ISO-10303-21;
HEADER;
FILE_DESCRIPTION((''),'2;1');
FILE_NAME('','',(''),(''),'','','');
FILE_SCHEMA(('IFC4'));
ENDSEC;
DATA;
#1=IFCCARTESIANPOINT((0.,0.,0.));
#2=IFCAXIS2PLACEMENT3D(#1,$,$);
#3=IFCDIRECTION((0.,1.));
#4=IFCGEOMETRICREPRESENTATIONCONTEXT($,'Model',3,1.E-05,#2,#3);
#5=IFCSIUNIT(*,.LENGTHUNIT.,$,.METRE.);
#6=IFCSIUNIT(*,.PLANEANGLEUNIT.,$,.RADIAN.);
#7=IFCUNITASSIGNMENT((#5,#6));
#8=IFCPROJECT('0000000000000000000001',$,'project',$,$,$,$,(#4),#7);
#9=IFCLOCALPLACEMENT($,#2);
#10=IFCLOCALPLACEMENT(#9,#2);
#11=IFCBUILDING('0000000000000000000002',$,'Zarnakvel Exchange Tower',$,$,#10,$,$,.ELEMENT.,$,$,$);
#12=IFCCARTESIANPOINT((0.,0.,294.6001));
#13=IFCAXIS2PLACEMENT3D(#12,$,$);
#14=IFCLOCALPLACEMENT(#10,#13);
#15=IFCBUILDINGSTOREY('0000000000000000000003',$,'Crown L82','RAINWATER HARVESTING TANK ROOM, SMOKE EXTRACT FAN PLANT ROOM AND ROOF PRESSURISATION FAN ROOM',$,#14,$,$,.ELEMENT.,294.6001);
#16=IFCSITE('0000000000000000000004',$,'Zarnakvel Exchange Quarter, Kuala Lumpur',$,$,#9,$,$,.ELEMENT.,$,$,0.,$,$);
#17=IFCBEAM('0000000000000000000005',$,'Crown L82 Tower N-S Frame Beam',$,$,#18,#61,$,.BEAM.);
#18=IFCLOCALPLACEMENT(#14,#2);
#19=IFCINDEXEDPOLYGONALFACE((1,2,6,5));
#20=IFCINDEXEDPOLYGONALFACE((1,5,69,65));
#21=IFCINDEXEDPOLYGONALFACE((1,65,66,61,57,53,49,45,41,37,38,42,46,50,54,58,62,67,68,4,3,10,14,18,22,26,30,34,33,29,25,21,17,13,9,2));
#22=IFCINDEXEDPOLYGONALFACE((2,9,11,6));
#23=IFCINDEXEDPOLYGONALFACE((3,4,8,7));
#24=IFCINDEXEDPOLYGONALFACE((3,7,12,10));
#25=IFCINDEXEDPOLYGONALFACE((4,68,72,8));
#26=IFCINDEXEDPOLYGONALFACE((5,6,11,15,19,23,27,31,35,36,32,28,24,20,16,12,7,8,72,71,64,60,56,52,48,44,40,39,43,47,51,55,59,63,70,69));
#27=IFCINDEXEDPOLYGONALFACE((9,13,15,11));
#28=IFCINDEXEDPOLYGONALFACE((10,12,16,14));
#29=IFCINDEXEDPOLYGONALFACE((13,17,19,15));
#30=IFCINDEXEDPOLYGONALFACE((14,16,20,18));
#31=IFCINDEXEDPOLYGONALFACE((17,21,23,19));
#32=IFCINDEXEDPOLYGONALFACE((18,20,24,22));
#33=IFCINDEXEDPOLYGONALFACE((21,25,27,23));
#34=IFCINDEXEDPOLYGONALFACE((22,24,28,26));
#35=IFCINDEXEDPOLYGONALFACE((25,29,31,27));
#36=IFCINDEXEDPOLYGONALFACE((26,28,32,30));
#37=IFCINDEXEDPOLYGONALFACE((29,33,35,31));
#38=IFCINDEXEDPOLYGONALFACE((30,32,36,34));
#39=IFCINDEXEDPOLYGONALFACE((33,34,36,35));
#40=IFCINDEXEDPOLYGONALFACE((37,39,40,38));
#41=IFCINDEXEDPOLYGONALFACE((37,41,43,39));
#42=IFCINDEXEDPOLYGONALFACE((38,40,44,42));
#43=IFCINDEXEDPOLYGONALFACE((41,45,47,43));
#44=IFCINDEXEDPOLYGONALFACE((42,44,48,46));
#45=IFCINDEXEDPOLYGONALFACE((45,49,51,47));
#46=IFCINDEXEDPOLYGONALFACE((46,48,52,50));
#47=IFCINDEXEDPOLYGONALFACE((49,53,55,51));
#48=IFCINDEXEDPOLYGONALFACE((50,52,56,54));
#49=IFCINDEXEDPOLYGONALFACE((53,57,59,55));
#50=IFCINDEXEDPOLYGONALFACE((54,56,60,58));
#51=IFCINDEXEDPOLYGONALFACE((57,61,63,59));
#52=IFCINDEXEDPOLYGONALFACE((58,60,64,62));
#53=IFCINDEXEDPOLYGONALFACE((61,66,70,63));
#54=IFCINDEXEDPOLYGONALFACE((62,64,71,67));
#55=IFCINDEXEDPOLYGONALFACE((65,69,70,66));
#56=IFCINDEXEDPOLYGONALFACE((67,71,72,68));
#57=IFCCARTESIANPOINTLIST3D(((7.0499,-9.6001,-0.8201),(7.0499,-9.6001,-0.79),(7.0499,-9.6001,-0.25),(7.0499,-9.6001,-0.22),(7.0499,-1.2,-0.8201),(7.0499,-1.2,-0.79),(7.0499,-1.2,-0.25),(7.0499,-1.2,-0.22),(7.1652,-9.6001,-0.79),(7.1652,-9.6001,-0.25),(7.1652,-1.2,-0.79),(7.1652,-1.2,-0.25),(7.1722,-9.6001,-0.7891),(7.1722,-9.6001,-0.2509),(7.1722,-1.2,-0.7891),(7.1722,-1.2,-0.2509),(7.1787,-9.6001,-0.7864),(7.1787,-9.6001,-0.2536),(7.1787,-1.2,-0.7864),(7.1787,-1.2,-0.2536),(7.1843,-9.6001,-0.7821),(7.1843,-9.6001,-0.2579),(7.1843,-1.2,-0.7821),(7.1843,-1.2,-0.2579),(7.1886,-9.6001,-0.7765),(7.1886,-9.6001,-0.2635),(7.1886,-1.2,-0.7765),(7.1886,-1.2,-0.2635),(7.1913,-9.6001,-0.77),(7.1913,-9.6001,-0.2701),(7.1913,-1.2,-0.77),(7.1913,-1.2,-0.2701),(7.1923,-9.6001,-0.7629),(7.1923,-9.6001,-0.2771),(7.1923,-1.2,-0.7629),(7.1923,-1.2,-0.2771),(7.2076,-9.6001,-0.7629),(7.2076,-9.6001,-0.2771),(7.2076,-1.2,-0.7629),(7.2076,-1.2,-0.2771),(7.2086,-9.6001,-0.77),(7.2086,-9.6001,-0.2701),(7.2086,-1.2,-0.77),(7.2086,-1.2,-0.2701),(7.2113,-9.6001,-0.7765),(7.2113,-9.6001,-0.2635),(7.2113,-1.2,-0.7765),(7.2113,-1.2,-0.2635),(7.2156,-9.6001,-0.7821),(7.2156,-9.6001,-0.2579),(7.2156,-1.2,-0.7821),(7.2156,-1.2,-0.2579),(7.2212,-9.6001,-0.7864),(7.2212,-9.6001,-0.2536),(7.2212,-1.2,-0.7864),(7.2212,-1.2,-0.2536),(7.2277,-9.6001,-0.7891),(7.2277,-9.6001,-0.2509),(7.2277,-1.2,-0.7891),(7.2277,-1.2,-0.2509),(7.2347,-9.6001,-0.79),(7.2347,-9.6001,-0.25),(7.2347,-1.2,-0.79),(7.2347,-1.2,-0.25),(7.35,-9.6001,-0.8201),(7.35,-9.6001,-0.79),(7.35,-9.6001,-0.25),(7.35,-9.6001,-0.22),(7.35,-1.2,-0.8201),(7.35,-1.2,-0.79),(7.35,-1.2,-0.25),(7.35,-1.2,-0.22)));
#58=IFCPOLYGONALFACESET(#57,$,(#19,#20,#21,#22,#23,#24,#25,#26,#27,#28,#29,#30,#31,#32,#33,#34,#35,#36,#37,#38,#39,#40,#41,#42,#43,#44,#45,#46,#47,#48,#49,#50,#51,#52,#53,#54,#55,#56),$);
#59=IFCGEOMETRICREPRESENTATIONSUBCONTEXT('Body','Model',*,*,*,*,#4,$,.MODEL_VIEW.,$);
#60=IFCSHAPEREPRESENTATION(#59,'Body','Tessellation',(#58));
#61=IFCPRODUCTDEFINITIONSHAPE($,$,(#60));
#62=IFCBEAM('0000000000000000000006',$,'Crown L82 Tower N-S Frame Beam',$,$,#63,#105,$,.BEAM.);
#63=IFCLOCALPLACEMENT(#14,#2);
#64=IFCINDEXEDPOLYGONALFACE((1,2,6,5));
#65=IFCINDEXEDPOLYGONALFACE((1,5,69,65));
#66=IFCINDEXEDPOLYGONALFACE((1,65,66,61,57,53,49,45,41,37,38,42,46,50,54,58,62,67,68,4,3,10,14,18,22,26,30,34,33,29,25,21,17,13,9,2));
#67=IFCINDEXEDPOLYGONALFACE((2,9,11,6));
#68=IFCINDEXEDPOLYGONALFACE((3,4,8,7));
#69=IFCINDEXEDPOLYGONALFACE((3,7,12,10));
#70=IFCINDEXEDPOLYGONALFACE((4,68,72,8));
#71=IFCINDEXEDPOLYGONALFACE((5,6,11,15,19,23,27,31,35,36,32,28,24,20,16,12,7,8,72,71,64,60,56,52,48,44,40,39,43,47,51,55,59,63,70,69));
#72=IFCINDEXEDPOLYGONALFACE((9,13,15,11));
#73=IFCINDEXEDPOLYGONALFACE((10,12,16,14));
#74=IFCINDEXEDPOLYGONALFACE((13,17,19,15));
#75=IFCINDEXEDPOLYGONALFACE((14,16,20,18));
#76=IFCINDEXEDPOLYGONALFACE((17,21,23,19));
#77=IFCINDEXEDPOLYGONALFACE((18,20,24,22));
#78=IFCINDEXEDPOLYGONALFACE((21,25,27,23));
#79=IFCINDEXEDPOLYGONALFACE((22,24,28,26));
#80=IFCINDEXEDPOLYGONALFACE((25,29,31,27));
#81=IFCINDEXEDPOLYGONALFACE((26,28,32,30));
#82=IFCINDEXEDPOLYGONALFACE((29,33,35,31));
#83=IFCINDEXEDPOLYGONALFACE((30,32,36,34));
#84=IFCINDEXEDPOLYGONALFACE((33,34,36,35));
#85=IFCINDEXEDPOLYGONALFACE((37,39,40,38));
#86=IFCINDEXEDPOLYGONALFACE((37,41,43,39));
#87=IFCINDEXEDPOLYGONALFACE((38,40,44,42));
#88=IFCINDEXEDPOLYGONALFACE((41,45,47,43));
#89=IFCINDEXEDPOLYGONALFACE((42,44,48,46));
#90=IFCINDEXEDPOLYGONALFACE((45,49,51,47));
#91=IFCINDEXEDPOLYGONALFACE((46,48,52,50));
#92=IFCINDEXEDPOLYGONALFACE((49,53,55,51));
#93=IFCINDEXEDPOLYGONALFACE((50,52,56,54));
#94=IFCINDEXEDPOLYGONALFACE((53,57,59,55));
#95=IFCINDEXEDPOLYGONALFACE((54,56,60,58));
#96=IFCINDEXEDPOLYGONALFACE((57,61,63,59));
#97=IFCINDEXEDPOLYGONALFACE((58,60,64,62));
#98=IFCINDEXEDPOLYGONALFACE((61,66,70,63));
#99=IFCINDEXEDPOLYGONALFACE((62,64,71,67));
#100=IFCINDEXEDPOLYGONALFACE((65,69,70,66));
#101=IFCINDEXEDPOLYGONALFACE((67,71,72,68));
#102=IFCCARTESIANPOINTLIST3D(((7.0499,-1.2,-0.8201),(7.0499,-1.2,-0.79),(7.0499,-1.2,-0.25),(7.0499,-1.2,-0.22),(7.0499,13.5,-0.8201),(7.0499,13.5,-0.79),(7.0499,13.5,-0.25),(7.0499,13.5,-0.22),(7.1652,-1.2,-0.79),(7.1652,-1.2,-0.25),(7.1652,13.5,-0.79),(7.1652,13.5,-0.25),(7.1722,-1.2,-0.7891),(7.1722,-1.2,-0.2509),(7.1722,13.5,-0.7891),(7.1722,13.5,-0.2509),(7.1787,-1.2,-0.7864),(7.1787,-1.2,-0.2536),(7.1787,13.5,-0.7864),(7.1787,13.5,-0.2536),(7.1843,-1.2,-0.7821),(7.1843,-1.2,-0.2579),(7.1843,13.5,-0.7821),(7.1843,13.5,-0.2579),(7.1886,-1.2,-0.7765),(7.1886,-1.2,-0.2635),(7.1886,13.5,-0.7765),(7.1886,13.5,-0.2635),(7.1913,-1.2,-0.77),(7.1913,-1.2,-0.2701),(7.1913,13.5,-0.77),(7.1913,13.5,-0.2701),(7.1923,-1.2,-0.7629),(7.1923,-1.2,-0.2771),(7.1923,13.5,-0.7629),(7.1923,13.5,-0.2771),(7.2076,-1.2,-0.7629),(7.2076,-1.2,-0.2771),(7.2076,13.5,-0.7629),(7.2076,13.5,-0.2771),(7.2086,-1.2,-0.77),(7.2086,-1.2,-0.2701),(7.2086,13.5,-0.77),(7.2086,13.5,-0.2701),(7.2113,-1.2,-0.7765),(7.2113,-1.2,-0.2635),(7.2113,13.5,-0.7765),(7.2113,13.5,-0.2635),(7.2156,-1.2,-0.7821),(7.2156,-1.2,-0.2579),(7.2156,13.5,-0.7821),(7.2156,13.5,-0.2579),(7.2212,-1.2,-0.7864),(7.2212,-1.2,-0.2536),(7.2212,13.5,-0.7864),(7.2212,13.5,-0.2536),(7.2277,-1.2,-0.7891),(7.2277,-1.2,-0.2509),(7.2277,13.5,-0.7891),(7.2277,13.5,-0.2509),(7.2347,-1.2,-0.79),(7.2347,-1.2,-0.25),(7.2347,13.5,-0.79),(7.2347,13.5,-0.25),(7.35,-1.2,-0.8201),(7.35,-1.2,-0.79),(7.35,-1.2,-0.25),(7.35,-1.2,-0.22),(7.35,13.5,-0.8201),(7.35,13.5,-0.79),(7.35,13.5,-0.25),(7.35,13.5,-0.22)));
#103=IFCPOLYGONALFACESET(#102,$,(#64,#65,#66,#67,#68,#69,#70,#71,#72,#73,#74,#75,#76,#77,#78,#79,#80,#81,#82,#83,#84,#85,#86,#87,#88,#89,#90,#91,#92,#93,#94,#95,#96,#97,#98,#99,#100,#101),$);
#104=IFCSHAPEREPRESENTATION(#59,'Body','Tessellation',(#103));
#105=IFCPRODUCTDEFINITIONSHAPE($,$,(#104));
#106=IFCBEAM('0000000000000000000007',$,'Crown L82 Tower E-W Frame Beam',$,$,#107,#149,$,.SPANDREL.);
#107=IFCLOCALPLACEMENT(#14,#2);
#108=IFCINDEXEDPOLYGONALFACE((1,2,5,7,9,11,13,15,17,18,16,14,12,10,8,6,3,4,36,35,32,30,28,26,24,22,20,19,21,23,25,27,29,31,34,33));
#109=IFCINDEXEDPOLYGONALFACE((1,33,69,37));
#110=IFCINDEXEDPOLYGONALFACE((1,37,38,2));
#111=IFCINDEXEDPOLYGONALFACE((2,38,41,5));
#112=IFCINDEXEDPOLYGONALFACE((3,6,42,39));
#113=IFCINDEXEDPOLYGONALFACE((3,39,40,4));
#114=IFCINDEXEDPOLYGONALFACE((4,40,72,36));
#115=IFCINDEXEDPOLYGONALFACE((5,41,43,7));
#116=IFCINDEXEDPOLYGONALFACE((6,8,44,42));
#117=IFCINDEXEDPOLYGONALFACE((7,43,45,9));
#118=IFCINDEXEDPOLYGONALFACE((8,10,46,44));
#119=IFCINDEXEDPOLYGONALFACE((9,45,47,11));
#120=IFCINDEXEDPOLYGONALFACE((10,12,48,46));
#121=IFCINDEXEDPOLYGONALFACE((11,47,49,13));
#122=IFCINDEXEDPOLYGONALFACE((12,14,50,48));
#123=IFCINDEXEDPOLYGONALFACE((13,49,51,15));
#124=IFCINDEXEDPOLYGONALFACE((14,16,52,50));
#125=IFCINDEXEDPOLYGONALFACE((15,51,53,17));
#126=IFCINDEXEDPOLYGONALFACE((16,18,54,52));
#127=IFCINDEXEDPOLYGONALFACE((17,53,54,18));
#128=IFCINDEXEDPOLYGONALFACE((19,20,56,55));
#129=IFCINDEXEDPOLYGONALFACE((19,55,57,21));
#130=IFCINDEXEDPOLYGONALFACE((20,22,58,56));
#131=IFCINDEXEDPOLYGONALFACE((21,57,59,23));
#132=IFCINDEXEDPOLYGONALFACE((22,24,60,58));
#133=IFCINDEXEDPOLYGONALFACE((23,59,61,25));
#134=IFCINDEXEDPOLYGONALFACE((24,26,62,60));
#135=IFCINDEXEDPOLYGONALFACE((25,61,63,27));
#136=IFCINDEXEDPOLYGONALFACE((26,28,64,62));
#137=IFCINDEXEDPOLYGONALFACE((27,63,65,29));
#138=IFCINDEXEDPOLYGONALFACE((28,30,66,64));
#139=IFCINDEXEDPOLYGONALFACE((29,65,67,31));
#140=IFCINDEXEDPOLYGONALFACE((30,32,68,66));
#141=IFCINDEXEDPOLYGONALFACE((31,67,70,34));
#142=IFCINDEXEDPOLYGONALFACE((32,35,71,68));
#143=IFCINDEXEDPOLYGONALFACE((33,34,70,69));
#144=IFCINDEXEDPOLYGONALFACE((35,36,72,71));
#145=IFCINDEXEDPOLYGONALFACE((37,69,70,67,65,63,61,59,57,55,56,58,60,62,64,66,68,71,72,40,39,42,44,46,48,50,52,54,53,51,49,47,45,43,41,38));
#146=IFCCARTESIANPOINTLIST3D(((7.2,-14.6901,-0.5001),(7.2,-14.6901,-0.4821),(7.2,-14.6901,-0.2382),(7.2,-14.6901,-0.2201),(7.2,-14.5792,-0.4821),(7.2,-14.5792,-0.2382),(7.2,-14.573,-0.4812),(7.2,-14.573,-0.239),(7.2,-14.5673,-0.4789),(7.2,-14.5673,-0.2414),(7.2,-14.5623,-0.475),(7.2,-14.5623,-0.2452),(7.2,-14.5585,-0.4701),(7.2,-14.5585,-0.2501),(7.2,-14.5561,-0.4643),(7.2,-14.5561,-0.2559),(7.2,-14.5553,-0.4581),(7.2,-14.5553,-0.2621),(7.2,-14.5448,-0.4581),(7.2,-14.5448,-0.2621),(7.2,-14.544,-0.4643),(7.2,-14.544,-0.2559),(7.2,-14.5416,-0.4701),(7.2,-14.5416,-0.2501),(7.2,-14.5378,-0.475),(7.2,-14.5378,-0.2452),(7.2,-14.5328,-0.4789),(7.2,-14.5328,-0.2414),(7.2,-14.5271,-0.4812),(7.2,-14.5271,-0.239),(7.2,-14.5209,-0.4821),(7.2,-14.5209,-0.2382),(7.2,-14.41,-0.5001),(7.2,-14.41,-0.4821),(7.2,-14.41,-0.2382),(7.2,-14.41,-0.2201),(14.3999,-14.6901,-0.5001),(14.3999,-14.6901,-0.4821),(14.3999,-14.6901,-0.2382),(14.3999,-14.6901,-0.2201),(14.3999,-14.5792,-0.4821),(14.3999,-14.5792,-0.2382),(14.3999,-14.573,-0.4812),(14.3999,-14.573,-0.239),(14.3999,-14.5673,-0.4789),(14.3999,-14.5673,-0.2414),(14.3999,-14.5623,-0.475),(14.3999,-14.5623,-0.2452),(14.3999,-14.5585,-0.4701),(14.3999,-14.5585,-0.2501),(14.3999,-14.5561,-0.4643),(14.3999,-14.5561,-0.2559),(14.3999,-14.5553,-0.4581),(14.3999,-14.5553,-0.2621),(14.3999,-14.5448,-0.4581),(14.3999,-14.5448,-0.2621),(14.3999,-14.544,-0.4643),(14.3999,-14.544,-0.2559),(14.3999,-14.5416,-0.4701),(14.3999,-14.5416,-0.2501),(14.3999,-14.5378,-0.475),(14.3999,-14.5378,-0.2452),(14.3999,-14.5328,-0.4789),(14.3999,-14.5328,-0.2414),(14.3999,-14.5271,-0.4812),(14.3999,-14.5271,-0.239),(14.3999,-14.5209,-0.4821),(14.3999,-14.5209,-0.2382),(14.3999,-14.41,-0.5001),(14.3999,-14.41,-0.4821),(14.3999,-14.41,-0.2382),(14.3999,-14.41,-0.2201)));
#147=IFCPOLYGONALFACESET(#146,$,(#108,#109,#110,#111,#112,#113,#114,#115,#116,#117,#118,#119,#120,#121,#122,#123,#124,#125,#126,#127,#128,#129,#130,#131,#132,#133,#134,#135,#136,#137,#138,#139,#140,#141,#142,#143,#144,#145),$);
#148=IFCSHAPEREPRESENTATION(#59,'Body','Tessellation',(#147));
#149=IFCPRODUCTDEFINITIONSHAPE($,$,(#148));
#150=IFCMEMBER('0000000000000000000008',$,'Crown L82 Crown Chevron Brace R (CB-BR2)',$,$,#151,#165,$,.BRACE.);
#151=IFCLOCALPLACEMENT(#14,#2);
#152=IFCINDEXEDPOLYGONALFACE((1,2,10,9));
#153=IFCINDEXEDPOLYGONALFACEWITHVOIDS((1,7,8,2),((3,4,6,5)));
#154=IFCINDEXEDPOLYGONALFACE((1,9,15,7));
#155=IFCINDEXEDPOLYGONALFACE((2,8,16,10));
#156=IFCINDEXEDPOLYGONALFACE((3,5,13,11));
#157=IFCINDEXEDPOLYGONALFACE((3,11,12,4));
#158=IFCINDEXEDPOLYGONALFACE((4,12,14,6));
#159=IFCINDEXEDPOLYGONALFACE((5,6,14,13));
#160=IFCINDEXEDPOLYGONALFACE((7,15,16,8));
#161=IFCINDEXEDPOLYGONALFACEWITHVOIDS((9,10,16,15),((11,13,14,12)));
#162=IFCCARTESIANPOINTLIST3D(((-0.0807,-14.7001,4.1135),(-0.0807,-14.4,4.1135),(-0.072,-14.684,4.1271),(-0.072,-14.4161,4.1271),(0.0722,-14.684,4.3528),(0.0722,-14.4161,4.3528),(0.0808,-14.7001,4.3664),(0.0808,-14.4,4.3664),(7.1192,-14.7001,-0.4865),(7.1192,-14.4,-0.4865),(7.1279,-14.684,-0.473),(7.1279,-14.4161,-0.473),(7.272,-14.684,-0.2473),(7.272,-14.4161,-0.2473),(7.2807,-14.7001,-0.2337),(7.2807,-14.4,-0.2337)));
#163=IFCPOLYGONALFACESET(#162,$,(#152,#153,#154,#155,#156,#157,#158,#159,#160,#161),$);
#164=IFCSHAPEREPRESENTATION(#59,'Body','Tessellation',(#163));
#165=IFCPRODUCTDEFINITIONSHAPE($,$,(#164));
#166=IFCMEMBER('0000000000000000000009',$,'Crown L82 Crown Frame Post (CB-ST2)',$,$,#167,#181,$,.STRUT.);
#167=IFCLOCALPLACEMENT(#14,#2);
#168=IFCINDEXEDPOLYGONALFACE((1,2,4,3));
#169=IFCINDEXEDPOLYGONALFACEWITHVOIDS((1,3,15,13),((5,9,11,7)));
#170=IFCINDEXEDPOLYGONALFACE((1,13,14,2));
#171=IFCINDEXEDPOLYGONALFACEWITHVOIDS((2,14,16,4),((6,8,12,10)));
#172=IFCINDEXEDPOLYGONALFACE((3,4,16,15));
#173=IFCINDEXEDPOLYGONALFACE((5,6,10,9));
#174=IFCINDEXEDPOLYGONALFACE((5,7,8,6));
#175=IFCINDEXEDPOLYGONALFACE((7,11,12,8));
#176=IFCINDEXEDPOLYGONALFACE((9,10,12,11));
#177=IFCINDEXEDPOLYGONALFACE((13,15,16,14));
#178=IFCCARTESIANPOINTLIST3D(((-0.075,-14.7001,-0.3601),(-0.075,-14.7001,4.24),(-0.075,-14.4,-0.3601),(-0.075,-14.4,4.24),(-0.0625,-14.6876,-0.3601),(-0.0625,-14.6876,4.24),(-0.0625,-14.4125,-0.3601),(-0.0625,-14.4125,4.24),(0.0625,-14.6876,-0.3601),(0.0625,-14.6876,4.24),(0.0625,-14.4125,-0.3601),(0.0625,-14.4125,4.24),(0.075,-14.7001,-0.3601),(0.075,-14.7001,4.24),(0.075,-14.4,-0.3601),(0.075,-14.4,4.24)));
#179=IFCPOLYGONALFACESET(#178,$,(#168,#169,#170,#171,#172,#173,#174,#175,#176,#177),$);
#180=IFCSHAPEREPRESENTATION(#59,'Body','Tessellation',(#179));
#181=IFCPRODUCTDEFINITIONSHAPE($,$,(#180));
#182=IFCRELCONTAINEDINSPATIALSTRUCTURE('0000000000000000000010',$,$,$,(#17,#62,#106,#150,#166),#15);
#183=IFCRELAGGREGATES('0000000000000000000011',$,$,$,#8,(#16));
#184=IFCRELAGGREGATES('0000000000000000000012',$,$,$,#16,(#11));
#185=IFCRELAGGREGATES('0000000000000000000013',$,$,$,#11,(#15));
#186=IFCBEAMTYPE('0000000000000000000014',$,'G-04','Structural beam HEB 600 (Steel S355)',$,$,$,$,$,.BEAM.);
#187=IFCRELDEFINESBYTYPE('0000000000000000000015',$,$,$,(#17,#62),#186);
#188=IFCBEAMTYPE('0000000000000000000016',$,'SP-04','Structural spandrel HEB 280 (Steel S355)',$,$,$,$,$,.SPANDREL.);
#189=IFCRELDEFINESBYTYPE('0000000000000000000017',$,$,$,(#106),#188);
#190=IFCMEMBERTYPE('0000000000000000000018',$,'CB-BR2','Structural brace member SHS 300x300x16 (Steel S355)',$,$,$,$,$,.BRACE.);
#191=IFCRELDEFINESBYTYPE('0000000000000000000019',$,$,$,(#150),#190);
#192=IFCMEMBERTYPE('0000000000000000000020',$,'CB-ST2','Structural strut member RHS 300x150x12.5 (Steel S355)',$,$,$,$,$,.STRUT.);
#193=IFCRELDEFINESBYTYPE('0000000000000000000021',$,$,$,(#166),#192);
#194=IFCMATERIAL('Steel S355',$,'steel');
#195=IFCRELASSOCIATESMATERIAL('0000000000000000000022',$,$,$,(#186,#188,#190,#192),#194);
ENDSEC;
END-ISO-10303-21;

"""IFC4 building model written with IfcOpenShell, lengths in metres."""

from ifc_helpers import new_model, si_unit, direction, frame, origin, origin_2d, place, context, subcontext, project, spatial, hollow_rectangle, i_section, extrude, source, transform, mapped, material, material_profile, profile_set, type_object, element, save


model = new_model("IFC4")

# Units and contexts
model_context = context("Model", 3, precision=1e-05, world=origin(), true_north=direction((0.0, 1.0)))
body_context = subcontext(model_context, "Body", "Model", "MODEL_VIEW")
ifc_project = project(units=[si_unit("LENGTHUNIT", "METRE"), si_unit("PLANEANGLEUNIT", "RADIAN")], contexts=[model_context])

# Site, building, storey
site_placement = place(None, origin())
site = spatial("IfcSite", under=ifc_project, at=site_placement, Name="Zarnakvel Exchange Quarter, Kuala Lumpur", CompositionType="ELEMENT", RefElevation=0.0)
building_placement = place(site_placement, origin())
building = spatial("IfcBuilding", under=site, at=building_placement, Name="Zarnakvel Exchange Tower", CompositionType="ELEMENT")
storey_placement = place(building_placement, frame((0.0, 0.0, 294.6001)))
storey = spatial("IfcBuildingStorey", under=building, at=storey_placement, Name="Crown L82", Description="RAINWATER HARVESTING TANK ROOM, SMOKE EXTRACT FAN PLANT ROOM AND ROOF PRESSURISATION FAN ROOM", CompositionType="ELEMENT", Elevation=294.6001)

# Shared definitions
ifc_material_1 = material(Name="Steel S355", Category="steel")

# Beams
ifc_material_profile_1 = material_profile(ifc_material_1, i_section(OverallWidth=0.3, OverallDepth=0.6001, WebThickness=0.0154, FlangeThickness=0.03, FilletRadius=0.0271, at=origin_2d()))
ifc_profile_set_1 = profile_set([ifc_material_profile_1], Name="Steel S355")
beam_type_1 = type_object("IfcBeamType", Name="G-04", Description="Structural beam HEB 600 (Steel S355)", PredefinedType="BEAM", material=ifc_profile_set_1)
beam_1_placement = place(storey_placement, frame((7.2, -9.6001, -0.52), z_axis=(0.0, 1.0, 0.0), x_axis=(-1.0, 0.0, 0.0)))
element("IfcBeam", 1, at=beam_1_placement, inside=storey, type_object=beam_type_1, Name="Crown L82 Tower N-S Frame Beam", PredefinedType="BEAM", context=body_context, shape_type="SweptSolid", body=[
    extrude(i_section(OverallWidth=0.3, OverallDepth=0.6001, WebThickness=0.0154, FlangeThickness=0.03, FilletRadius=0.0271, at=origin_2d()), origin(), (0.0, 0.0, 1.0), 8.4001),
])
beam_2_placement = place(storey_placement, frame((7.2, -1.2, -0.52), z_axis=(0.0, 1.0, 0.0), x_axis=(-1.0, 0.0, 0.0)))
element("IfcBeam", 2, at=beam_2_placement, inside=storey, type_object=beam_type_1, Name="Crown L82 Tower N-S Frame Beam", PredefinedType="BEAM", context=body_context, shape_type="SweptSolid", body=[
    extrude(i_section(OverallWidth=0.3, OverallDepth=0.6001, WebThickness=0.0154, FlangeThickness=0.03, FilletRadius=0.0271, at=origin_2d()), origin(), (0.0, 0.0, 1.0), 14.7),
])
ifc_material_profile_2 = material_profile(ifc_material_1, i_section(OverallWidth=0.28, OverallDepth=0.28, WebThickness=0.0105, FlangeThickness=0.0181, FilletRadius=0.0239, at=origin_2d()))
ifc_profile_set_2 = profile_set([ifc_material_profile_2], Name="Steel S355")
beam_type_2 = type_object("IfcBeamType", Name="SP-04", Description="Structural spandrel HEB 280 (Steel S355)", PredefinedType="SPANDREL", material=ifc_profile_set_2)
beam_3_placement = place(storey_placement, frame((7.2, -14.55, -0.3601), z_axis=(1.0, 0.0, 0.0), x_axis=(0.0, 1.0, 0.0)))
element("IfcBeam", 3, at=beam_3_placement, inside=storey, type_object=beam_type_2, Name="Crown L82 Tower E-W Frame Beam", PredefinedType="SPANDREL", context=body_context, shape_type="SweptSolid", body=[
    extrude(i_section(OverallWidth=0.28, OverallDepth=0.28, WebThickness=0.0105, FlangeThickness=0.0181, FilletRadius=0.0239, at=origin_2d()), origin(), (0.0, 0.0, 1.0), 7.2),
])

# Members
ifc_material_profile_3 = material_profile(ifc_material_1, hollow_rectangle(XDim=0.3, YDim=0.3, WallThickness=0.0161, at=origin_2d()))
ifc_profile_set_3 = profile_set([ifc_material_profile_3], Name="Steel S355")
member_type_1 = type_object("IfcMemberType", Name="CB-BR2", Description="Structural brace member SHS 300x300x16 (Steel S355)", PredefinedType="BRACE", material=ifc_profile_set_3)
shared_shape_1 = source(origin(), body_context, "Body", "SweptSolid", [
    extrude(hollow_rectangle(XDim=0.3, YDim=0.3, WallThickness=0.0161, at=origin_2d()), origin(), (0.0, 0.0, 1.0), 8.5439),
])
member_1_placement = place(storey_placement, frame((7.2, -14.55, -0.3601), z_axis=(-0.842689, 0.0, 0.5384), x_axis=(0.0, -1.0, 0.0)))
element("IfcMember", 4, at=member_1_placement, inside=storey, type_object=member_type_1, Name="Crown L82 Crown Chevron Brace R (CB-BR2)", PredefinedType="BRACE", context=body_context, shape_type="MappedRepresentation", body=[
    mapped(shared_shape_1, transform((0.0, 0.0, 0.0), x_axis=(1.0, 0.0, 0.0), y_axis=(0.0, 1.0, 0.0), z_axis=(0.0, 0.0, 1.0), scale=1.0)),
])
ifc_material_profile_4 = material_profile(ifc_material_1, hollow_rectangle(XDim=0.1499, YDim=0.3, WallThickness=0.0125, at=origin_2d()))
ifc_profile_set_4 = profile_set([ifc_material_profile_4], Name="Steel S355")
member_type_2 = type_object("IfcMemberType", Name="CB-ST2", Description="Structural strut member RHS 300x150x12.5 (Steel S355)", PredefinedType="STRUT", material=ifc_profile_set_4)
shared_shape_2 = source(origin(), body_context, "Body", "SweptSolid", [
    extrude(hollow_rectangle(XDim=0.1499, YDim=0.3, WallThickness=0.0125, at=origin_2d()), origin(), (0.0, 0.0, 1.0), 4.6001),
])
member_2_placement = place(storey_placement, frame((0.0, -14.55, -0.3601), z_axis=(0.0, 0.0, 1.0), x_axis=(1.0, 0.0, 0.0)))
element("IfcMember", 5, at=member_2_placement, inside=storey, type_object=member_type_2, Name="Crown L82 Crown Frame Post (CB-ST2)", PredefinedType="STRUT", context=body_context, shape_type="MappedRepresentation", body=[
    mapped(shared_shape_2, transform((0.0, 0.0, 0.0), x_axis=(1.0, 0.0, 0.0), y_axis=(0.0, 1.0, 0.0), z_axis=(0.0, 0.0, 1.0), scale=1.0)),
])

save(model, "model.ifc")
